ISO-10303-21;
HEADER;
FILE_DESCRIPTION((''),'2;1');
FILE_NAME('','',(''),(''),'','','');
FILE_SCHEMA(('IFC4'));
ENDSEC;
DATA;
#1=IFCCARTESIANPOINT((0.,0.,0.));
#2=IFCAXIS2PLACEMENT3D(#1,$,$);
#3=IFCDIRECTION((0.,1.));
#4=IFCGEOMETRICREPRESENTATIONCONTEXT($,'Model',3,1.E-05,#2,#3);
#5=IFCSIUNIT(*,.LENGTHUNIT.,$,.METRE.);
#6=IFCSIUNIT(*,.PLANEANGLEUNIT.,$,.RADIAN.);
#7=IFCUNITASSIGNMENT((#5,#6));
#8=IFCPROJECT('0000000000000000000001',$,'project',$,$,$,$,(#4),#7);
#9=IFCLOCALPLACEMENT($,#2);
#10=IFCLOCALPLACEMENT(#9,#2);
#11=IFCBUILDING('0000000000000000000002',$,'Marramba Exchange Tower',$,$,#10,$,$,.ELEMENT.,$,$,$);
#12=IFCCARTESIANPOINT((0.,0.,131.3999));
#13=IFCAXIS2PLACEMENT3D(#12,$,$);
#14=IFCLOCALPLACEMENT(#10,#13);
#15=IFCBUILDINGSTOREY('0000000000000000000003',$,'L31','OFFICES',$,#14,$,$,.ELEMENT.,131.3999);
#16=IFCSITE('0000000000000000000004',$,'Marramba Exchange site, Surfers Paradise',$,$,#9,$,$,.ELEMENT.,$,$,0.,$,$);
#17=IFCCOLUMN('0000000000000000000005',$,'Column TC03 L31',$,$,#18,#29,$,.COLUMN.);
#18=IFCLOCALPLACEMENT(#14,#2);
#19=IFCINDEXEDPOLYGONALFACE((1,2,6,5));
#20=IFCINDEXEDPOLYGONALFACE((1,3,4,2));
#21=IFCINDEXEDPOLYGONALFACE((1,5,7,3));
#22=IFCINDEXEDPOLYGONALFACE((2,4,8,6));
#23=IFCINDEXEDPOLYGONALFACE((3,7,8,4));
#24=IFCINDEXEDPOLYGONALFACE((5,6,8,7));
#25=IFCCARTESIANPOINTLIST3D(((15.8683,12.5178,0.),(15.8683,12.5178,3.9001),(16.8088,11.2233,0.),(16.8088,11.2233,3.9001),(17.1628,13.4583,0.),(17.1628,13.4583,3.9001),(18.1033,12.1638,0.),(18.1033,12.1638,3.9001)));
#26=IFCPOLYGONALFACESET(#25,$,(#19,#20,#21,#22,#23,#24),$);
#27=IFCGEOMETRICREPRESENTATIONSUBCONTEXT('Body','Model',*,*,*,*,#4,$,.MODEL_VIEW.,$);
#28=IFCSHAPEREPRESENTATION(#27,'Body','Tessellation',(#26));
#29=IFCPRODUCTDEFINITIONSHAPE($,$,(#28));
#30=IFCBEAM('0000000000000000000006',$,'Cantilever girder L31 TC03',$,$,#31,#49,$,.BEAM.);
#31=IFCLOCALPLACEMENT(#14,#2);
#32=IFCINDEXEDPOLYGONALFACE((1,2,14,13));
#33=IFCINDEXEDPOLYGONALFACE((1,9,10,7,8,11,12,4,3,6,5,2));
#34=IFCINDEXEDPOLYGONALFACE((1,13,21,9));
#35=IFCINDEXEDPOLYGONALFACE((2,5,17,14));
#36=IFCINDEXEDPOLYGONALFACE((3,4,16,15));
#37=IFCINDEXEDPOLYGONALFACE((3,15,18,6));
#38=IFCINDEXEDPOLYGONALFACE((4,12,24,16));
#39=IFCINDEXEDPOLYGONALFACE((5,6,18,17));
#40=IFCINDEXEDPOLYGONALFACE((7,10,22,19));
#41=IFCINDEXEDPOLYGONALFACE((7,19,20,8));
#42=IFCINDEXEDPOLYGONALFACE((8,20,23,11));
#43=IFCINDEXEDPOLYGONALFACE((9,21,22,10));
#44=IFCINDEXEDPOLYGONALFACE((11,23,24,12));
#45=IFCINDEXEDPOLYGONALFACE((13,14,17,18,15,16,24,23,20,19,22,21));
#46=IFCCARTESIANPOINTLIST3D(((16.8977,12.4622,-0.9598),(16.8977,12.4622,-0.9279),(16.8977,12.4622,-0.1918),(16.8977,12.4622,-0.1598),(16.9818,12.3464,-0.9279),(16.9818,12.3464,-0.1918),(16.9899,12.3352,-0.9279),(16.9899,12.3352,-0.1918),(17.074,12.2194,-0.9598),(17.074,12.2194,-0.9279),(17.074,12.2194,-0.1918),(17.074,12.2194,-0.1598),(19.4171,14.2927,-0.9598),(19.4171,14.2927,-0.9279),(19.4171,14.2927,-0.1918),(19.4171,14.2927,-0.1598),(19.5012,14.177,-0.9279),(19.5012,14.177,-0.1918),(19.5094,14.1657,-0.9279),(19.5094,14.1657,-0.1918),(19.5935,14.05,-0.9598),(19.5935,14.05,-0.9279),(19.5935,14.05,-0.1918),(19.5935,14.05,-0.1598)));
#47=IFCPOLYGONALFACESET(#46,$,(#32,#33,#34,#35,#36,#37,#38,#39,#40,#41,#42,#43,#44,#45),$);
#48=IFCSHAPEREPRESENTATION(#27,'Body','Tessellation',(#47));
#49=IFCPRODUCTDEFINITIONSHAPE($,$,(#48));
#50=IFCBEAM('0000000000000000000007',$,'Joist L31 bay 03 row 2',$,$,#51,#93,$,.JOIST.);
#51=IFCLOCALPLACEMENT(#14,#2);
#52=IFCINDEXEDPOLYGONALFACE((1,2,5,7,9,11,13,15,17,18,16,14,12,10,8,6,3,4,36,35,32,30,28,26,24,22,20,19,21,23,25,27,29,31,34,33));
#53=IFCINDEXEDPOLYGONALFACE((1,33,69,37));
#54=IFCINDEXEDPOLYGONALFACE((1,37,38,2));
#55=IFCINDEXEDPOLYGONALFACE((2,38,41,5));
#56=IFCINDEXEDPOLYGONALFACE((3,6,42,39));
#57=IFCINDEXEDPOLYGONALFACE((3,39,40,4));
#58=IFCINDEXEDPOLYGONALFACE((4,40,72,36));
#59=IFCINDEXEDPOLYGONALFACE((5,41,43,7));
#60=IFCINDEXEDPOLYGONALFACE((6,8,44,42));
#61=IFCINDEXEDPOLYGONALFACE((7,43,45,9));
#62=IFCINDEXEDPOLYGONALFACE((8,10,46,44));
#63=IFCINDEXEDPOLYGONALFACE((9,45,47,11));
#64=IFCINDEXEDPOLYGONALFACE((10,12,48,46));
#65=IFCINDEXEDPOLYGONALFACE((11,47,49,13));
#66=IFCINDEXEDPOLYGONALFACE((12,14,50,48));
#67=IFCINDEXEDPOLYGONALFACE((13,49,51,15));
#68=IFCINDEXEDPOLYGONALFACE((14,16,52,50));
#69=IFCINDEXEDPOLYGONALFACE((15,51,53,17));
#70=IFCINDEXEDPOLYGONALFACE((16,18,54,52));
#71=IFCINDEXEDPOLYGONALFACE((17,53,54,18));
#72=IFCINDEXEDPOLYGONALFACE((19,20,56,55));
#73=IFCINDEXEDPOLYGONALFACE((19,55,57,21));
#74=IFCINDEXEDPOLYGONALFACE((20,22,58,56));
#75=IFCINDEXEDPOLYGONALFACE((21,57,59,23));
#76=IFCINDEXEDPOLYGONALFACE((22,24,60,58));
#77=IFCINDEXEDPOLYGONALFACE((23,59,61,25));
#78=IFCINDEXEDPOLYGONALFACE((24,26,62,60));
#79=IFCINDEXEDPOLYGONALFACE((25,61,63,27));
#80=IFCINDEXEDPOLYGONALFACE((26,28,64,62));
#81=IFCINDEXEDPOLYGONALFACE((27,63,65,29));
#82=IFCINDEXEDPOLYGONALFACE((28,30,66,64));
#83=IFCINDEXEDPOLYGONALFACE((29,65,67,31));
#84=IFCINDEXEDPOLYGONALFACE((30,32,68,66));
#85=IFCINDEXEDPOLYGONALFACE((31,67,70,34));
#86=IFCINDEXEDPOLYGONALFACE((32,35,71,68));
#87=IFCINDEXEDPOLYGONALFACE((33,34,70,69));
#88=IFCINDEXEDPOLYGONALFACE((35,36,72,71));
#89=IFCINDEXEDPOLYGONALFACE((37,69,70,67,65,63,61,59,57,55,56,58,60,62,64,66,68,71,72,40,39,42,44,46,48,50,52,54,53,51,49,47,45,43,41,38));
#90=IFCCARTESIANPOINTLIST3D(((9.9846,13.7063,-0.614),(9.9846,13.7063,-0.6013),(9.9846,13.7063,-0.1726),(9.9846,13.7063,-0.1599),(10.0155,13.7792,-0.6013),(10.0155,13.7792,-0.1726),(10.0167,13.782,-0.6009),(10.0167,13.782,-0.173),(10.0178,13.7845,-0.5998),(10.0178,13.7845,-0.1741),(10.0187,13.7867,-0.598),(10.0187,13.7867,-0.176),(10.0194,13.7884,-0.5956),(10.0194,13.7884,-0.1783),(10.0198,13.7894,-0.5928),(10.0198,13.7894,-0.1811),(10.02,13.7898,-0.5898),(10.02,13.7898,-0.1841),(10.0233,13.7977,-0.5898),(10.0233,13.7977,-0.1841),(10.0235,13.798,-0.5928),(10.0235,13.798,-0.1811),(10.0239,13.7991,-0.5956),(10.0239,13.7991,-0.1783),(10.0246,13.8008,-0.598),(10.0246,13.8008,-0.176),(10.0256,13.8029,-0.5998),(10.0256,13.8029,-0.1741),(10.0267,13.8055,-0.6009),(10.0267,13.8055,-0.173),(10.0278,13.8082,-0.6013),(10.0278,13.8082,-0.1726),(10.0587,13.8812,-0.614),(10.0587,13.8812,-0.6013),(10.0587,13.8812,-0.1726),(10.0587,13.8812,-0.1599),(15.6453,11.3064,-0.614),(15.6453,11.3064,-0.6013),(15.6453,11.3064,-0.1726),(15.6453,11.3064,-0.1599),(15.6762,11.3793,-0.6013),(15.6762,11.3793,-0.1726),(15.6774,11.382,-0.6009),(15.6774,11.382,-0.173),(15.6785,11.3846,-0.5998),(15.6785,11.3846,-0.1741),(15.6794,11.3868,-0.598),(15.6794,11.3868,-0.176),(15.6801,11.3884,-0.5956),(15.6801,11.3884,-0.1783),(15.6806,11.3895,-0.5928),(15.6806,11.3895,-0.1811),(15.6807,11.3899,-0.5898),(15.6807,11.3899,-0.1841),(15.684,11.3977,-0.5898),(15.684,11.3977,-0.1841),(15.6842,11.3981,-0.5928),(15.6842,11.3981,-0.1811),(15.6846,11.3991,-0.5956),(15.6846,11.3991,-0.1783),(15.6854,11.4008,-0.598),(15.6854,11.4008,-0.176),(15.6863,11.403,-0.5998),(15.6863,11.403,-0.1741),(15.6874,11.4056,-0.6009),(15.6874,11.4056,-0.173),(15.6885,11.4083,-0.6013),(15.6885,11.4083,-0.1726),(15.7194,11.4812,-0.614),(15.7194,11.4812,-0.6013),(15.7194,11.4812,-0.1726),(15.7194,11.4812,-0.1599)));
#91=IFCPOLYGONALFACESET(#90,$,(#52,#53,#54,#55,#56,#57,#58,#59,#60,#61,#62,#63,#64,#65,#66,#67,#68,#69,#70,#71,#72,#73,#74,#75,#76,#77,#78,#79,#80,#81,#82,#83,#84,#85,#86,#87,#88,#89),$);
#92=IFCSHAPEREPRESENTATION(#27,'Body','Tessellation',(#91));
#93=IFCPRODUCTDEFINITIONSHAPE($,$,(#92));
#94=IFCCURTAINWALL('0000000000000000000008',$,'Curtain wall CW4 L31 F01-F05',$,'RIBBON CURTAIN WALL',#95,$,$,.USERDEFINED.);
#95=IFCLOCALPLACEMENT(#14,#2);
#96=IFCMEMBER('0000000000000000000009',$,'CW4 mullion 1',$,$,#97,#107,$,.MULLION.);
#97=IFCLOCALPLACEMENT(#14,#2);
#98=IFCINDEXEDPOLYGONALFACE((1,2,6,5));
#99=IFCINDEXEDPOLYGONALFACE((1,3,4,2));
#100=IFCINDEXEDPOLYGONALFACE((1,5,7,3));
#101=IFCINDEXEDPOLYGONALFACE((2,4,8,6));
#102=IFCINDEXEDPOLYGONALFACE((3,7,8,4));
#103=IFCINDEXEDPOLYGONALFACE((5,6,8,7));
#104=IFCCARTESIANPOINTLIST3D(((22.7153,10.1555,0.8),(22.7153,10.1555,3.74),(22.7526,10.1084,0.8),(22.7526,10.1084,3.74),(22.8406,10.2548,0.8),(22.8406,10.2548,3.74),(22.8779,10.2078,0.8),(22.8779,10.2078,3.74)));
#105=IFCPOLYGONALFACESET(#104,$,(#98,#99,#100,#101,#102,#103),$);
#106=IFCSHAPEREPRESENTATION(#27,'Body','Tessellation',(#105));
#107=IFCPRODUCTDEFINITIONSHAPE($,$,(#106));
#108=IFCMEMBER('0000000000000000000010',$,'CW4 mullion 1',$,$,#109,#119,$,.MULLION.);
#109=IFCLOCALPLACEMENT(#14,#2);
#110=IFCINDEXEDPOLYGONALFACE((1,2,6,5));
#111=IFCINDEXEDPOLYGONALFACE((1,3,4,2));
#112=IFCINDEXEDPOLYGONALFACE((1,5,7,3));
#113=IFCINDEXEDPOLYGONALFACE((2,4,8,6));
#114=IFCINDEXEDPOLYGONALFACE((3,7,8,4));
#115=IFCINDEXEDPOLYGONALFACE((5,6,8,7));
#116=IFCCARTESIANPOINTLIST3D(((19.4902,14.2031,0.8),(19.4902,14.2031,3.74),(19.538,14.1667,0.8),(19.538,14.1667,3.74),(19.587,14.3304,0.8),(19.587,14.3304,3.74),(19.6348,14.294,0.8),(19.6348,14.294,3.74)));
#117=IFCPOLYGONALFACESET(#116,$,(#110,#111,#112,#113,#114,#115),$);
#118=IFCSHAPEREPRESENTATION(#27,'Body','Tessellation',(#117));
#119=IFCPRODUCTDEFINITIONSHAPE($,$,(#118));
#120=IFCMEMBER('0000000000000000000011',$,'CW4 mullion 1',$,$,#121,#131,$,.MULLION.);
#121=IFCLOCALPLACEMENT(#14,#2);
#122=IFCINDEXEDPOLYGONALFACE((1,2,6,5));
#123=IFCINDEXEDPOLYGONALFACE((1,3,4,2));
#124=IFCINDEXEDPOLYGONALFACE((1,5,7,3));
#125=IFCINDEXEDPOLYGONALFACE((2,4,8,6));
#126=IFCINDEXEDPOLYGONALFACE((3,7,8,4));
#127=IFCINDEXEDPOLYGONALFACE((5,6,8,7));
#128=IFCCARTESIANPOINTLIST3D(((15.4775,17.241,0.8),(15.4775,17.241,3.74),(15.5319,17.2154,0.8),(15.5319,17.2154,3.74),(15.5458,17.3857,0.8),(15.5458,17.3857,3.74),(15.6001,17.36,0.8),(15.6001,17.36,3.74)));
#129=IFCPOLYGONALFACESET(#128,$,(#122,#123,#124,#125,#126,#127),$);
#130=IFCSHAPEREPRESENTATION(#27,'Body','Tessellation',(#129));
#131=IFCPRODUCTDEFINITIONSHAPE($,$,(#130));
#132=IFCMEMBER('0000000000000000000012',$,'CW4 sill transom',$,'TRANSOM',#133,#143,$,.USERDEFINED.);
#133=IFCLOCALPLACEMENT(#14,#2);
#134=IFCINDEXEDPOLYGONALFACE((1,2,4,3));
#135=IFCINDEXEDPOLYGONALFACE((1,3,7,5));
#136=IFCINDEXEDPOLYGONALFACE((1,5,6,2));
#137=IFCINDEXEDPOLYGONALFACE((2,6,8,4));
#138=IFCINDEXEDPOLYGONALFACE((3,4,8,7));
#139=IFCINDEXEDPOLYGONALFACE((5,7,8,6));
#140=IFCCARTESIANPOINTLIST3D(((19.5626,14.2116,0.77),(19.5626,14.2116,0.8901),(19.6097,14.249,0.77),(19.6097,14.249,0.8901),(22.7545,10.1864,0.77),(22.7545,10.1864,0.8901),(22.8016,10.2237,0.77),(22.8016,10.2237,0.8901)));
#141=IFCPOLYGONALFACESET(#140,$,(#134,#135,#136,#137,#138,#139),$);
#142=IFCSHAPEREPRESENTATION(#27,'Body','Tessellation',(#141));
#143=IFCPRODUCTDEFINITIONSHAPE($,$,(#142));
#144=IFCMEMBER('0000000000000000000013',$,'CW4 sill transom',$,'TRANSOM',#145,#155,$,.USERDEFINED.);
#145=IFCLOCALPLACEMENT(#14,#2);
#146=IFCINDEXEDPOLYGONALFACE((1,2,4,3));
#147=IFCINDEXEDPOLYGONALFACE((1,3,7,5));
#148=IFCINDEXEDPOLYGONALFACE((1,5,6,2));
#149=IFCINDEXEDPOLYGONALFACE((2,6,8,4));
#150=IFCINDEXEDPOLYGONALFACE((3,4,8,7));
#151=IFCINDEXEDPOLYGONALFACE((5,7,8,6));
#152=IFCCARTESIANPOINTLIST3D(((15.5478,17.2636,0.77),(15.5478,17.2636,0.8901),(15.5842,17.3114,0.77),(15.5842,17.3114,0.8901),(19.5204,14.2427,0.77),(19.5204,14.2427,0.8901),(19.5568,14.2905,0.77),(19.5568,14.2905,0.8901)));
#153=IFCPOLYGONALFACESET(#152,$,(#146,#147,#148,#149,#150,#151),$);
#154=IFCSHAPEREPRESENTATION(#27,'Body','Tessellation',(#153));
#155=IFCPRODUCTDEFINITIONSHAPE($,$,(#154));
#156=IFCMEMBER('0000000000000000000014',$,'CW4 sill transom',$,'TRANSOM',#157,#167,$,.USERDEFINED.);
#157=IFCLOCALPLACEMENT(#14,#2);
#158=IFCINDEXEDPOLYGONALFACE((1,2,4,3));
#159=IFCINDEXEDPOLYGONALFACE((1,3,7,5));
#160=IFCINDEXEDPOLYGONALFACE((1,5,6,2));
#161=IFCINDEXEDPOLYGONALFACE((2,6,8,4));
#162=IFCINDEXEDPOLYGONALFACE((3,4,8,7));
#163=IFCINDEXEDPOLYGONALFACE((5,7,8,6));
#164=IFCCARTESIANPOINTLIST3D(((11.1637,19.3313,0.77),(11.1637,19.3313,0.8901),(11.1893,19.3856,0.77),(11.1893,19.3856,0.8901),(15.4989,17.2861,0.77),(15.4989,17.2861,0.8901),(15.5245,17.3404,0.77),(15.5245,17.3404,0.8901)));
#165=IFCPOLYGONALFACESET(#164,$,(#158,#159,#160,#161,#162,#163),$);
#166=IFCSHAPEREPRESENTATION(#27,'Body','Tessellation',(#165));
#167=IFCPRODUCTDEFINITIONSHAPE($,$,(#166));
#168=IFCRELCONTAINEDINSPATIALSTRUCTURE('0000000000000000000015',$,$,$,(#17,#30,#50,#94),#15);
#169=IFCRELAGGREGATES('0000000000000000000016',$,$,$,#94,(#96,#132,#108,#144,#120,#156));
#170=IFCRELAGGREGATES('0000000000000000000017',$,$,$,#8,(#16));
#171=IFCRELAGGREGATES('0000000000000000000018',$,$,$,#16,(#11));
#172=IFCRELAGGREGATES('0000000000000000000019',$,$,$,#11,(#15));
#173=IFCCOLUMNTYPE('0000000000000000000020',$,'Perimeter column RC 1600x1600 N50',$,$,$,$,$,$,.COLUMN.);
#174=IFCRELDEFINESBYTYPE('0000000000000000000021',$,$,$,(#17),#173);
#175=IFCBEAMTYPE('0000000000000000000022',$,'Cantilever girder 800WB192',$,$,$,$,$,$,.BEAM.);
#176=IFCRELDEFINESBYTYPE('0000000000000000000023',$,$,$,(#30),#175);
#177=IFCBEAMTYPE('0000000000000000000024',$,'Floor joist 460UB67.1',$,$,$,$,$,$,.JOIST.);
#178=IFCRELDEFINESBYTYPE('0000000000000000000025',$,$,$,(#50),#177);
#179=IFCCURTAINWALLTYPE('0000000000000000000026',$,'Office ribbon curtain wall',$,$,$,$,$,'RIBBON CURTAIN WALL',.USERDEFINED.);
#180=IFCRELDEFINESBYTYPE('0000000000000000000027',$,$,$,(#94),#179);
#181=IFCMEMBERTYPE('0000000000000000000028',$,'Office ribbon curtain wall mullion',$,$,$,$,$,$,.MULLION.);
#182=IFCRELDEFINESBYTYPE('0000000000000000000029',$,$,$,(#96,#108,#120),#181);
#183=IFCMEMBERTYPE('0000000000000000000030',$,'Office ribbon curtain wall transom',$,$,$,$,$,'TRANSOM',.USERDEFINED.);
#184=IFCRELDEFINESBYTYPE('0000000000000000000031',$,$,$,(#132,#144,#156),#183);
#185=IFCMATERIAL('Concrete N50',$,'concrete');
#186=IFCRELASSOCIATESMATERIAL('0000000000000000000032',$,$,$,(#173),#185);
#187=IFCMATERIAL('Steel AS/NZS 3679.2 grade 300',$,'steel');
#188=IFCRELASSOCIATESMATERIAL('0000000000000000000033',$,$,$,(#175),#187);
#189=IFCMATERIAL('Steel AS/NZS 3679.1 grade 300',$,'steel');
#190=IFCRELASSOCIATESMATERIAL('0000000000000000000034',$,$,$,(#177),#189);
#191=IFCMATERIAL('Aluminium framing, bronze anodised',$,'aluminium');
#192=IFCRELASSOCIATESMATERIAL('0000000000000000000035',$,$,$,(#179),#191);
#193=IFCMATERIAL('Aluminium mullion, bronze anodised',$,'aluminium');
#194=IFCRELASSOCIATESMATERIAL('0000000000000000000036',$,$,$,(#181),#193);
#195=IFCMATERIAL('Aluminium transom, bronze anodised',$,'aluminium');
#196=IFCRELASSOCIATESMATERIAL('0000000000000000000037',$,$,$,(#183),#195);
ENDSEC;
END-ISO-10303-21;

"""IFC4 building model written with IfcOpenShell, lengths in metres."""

from ifc_helpers import new_model, si_unit, direction, frame, origin, origin_2d, place, context, subcontext, project, spatial, rectangle, i_section, extrude, material, material_profile, profile_set, type_object, element, aggregate, save


model = new_model("IFC4")

# Units and contexts
model_context = context("Model", 3, precision=1e-05, world=origin(), true_north=direction((0.0, 1.0)))
body_context = subcontext(model_context, "Body", "Model", "MODEL_VIEW")
ifc_project = project(units=[si_unit("LENGTHUNIT", "METRE"), si_unit("PLANEANGLEUNIT", "RADIAN")], contexts=[model_context])

# Site, building, storey
site_placement = place(None, origin())
site = spatial("IfcSite", under=ifc_project, at=site_placement, Name="Marramba Exchange site, Surfers Paradise", CompositionType="ELEMENT", RefElevation=0.0)
building_placement = place(site_placement, origin())
building = spatial("IfcBuilding", under=site, at=building_placement, Name="Marramba Exchange Tower", CompositionType="ELEMENT")
storey_placement = place(building_placement, frame((0.0, 0.0, 131.3999)))
storey = spatial("IfcBuildingStorey", under=building, at=storey_placement, Name="L31", Description="OFFICES", CompositionType="ELEMENT", Elevation=131.3999)

# Column
ifc_material_1 = material(Name="Concrete N50", Category="concrete")
ifc_material_profile_1 = material_profile(ifc_material_1, rectangle(XDim=1.6001, YDim=1.6001, at=origin_2d()), Name="RC 1600x1600")
ifc_profile_set_1 = profile_set([ifc_material_profile_1], Name="Concrete N50")
column_type = type_object("IfcColumnType", Name="Perimeter column RC 1600x1600 N50", PredefinedType="COLUMN", material=ifc_profile_set_1)
column_placement = place(storey_placement, frame((16.9858, 12.3408, 0.0), z_axis=(0.0, 0.0, 1.0), x_axis=(0.809017, 0.587785, 0.0)))
element("IfcColumn", 1, at=column_placement, inside=storey, type_object=column_type, Name="Column TC03 L31", PredefinedType="COLUMN", context=body_context, shape_type="SweptSolid", body=[
    extrude(rectangle(XDim=1.6001, YDim=1.6001, at=origin_2d()), origin(), (0.0, 0.0, 1.0), 3.9001),
])

# Beams
ifc_material_2 = material(Name="Steel AS/NZS 3679.2 grade 300", Category="steel")
ifc_material_profile_2 = material_profile(ifc_material_2, i_section(OverallWidth=0.3, OverallDepth=0.8, WebThickness=0.0139, FlangeThickness=0.032, at=origin_2d()), Name="800WB192")
ifc_profile_set_2 = profile_set([ifc_material_profile_2], Name="Steel AS/NZS 3679.2 grade 300")
beam_type_1 = type_object("IfcBeamType", Name="Cantilever girder 800WB192", PredefinedType="BEAM", material=ifc_profile_set_2)
beam_1_placement = place(storey_placement, frame((16.9858, 12.3408, -0.5598), z_axis=(0.809014, 0.587789, 0.0), x_axis=(-0.587789, 0.809014, 0.0)))
element("IfcBeam", 2, at=beam_1_placement, inside=storey, type_object=beam_type_1, Name="Cantilever girder L31 TC03", PredefinedType="BEAM", context=body_context, shape_type="SweptSolid", body=[
    extrude(i_section(OverallWidth=0.3, OverallDepth=0.8, WebThickness=0.0139, FlangeThickness=0.032, at=origin_2d()), origin(), (0.0, 0.0, 1.0), 3.1143),
])
ifc_material_3 = material(Name="Steel AS/NZS 3679.1 grade 300", Category="steel")
ifc_material_profile_3 = material_profile(ifc_material_3, i_section(OverallWidth=0.1899, OverallDepth=0.4541, WebThickness=0.0085, FlangeThickness=0.0127, FilletRadius=0.0115, at=origin_2d()), Name="460UB67.1")
ifc_profile_set_3 = profile_set([ifc_material_profile_3], Name="Steel AS/NZS 3679.1 grade 300")
beam_type_2 = type_object("IfcBeamType", Name="Floor joist 460UB67.1", PredefinedType="JOIST", material=ifc_profile_set_3)
beam_2_placement = place(storey_placement, frame((15.6824, 11.3938, -0.387), z_axis=(-0.920674, 0.390332, 0.0), x_axis=(-0.390332, -0.920674, 0.0)))
element("IfcBeam", 3, at=beam_2_placement, inside=storey, type_object=beam_type_2, Name="Joist L31 bay 03 row 2", PredefinedType="JOIST", context=body_context, shape_type="SweptSolid", body=[
    extrude(i_section(OverallWidth=0.1899, OverallDepth=0.4541, WebThickness=0.0085, FlangeThickness=0.0127, FilletRadius=0.0115, at=origin_2d()), origin(), (0.0, 0.0, 1.0), 6.1484),
])

# Curtain wall, members
ifc_material_4 = material(Name="Aluminium framing, bronze anodised", Category="aluminium")
curtain_wall_type = type_object("IfcCurtainWallType", Name="Office ribbon curtain wall", ElementType="RIBBON CURTAIN WALL", PredefinedType="USERDEFINED", material=ifc_material_4)
curtain_wall_placement = place(storey_placement, origin())
curtain_wall = element("IfcCurtainWall", 4, at=curtain_wall_placement, inside=storey, type_object=curtain_wall_type, Name="Curtain wall CW4 L31 F01-F05", ObjectType="RIBBON CURTAIN WALL", PredefinedType="USERDEFINED")
ifc_material_5 = material(Name="Aluminium mullion, bronze anodised", Category="aluminium")
ifc_material_profile_4 = material_profile(ifc_material_5, rectangle(XDim=0.1599, YDim=0.0601, at=origin_2d()), Name="CW4 mullion 60x160")
ifc_profile_set_4 = profile_set([ifc_material_profile_4], Name="Aluminium mullion, bronze anodised")
member_type_1 = type_object("IfcMemberType", Name="Office ribbon curtain wall mullion", PredefinedType="MULLION", material=ifc_profile_set_4)
member_1_placement = place(storey_placement, frame((22.7966, 10.1816, 0.8), z_axis=(0.0, 0.0, 1.0), x_axis=(-0.783563, -0.621312, 0.0)))
member_1 = element("IfcMember", 5, at=member_1_placement, type_object=member_type_1, Name="CW4 mullion 1", PredefinedType="MULLION", context=body_context, shape_type="SweptSolid", body=[
    extrude(rectangle(XDim=0.1599, YDim=0.0601, at=origin_2d()), origin(), (0.0, 0.0, 1.0), 2.9399),
])
member_2_placement = place(storey_placement, frame((19.5625, 14.2485, 0.8), z_axis=(0.0, 0.0, 1.0), x_axis=(-0.605334, -0.795972, 0.0)))
member_2 = element("IfcMember", 6, at=member_2_placement, type_object=member_type_1, Name="CW4 mullion 1", PredefinedType="MULLION", context=body_context, shape_type="SweptSolid", body=[
    extrude(rectangle(XDim=0.1599, YDim=0.0601, at=origin_2d()), origin(), (0.0, 0.0, 1.0), 2.9399),
])
member_3_placement = place(storey_placement, frame((15.5388, 17.3005, 0.8), z_axis=(0.0, 0.0, 1.0), x_axis=(-0.426679, -0.904403, 0.0)))
member_3 = element("IfcMember", 7, at=member_3_placement, type_object=member_type_1, Name="CW4 mullion 1", PredefinedType="MULLION", context=body_context, shape_type="SweptSolid", body=[
    extrude(rectangle(XDim=0.1599, YDim=0.0601, at=origin_2d()), origin(), (0.0, 0.0, 1.0), 2.9399),
])
ifc_material_6 = material(Name="Aluminium transom, bronze anodised", Category="aluminium")
ifc_material_profile_5 = material_profile(ifc_material_6, rectangle(XDim=0.0601, YDim=0.1201, at=origin_2d()), Name="CW4 transom 60x120")
ifc_profile_set_5 = profile_set([ifc_material_profile_5], Name="Aluminium transom, bronze anodised")
member_type_2 = type_object("IfcMemberType", Name="Office ribbon curtain wall transom", ElementType="TRANSOM", PredefinedType="USERDEFINED", material=ifc_profile_set_5)
member_4_placement = place(storey_placement, frame((22.7781, 10.2051, 0.8301), z_axis=(-0.621339, 0.783542, 0.0), x_axis=(-0.783542, -0.621339, 0.0)))
member_4 = element("IfcMember", 8, at=member_4_placement, type_object=member_type_2, Name="CW4 sill transom", ObjectType="TRANSOM", PredefinedType="USERDEFINED", context=body_context, shape_type="SweptSolid", body=[
    extrude(rectangle(XDim=0.0601, YDim=0.1201, at=origin_2d()), origin(), (0.0, 0.0, 1.0), 5.1372),
])
member_5_placement = place(storey_placement, frame((19.5386, 14.2666, 0.8301), z_axis=(-0.795991, 0.605309, 0.0), x_axis=(-0.605309, -0.795991, 0.0)))
member_5 = element("IfcMember", 9, at=member_5_placement, type_object=member_type_2, Name="CW4 sill transom", ObjectType="TRANSOM", PredefinedType="USERDEFINED", context=body_context, shape_type="SweptSolid", body=[
    extrude(rectangle(XDim=0.0601, YDim=0.1201, at=origin_2d()), origin(), (0.0, 0.0, 1.0), 4.9907),
])
member_6_placement = place(storey_placement, frame((15.5117, 17.3132, 0.8301), z_axis=(-0.904411, 0.426663, 0.0), x_axis=(-0.426663, -0.904411, 0.0)))
member_6 = element("IfcMember", 10, at=member_6_placement, type_object=member_type_2, Name="CW4 sill transom", ObjectType="TRANSOM", PredefinedType="USERDEFINED", context=body_context, shape_type="SweptSolid", body=[
    extrude(rectangle(XDim=0.0601, YDim=0.1201, at=origin_2d()), origin(), (0.0, 0.0, 1.0), 4.7935),
])

aggregate(curtain_wall, [member_1, member_4, member_2, member_5, member_3, member_6])

save(model, "model.ifc")
